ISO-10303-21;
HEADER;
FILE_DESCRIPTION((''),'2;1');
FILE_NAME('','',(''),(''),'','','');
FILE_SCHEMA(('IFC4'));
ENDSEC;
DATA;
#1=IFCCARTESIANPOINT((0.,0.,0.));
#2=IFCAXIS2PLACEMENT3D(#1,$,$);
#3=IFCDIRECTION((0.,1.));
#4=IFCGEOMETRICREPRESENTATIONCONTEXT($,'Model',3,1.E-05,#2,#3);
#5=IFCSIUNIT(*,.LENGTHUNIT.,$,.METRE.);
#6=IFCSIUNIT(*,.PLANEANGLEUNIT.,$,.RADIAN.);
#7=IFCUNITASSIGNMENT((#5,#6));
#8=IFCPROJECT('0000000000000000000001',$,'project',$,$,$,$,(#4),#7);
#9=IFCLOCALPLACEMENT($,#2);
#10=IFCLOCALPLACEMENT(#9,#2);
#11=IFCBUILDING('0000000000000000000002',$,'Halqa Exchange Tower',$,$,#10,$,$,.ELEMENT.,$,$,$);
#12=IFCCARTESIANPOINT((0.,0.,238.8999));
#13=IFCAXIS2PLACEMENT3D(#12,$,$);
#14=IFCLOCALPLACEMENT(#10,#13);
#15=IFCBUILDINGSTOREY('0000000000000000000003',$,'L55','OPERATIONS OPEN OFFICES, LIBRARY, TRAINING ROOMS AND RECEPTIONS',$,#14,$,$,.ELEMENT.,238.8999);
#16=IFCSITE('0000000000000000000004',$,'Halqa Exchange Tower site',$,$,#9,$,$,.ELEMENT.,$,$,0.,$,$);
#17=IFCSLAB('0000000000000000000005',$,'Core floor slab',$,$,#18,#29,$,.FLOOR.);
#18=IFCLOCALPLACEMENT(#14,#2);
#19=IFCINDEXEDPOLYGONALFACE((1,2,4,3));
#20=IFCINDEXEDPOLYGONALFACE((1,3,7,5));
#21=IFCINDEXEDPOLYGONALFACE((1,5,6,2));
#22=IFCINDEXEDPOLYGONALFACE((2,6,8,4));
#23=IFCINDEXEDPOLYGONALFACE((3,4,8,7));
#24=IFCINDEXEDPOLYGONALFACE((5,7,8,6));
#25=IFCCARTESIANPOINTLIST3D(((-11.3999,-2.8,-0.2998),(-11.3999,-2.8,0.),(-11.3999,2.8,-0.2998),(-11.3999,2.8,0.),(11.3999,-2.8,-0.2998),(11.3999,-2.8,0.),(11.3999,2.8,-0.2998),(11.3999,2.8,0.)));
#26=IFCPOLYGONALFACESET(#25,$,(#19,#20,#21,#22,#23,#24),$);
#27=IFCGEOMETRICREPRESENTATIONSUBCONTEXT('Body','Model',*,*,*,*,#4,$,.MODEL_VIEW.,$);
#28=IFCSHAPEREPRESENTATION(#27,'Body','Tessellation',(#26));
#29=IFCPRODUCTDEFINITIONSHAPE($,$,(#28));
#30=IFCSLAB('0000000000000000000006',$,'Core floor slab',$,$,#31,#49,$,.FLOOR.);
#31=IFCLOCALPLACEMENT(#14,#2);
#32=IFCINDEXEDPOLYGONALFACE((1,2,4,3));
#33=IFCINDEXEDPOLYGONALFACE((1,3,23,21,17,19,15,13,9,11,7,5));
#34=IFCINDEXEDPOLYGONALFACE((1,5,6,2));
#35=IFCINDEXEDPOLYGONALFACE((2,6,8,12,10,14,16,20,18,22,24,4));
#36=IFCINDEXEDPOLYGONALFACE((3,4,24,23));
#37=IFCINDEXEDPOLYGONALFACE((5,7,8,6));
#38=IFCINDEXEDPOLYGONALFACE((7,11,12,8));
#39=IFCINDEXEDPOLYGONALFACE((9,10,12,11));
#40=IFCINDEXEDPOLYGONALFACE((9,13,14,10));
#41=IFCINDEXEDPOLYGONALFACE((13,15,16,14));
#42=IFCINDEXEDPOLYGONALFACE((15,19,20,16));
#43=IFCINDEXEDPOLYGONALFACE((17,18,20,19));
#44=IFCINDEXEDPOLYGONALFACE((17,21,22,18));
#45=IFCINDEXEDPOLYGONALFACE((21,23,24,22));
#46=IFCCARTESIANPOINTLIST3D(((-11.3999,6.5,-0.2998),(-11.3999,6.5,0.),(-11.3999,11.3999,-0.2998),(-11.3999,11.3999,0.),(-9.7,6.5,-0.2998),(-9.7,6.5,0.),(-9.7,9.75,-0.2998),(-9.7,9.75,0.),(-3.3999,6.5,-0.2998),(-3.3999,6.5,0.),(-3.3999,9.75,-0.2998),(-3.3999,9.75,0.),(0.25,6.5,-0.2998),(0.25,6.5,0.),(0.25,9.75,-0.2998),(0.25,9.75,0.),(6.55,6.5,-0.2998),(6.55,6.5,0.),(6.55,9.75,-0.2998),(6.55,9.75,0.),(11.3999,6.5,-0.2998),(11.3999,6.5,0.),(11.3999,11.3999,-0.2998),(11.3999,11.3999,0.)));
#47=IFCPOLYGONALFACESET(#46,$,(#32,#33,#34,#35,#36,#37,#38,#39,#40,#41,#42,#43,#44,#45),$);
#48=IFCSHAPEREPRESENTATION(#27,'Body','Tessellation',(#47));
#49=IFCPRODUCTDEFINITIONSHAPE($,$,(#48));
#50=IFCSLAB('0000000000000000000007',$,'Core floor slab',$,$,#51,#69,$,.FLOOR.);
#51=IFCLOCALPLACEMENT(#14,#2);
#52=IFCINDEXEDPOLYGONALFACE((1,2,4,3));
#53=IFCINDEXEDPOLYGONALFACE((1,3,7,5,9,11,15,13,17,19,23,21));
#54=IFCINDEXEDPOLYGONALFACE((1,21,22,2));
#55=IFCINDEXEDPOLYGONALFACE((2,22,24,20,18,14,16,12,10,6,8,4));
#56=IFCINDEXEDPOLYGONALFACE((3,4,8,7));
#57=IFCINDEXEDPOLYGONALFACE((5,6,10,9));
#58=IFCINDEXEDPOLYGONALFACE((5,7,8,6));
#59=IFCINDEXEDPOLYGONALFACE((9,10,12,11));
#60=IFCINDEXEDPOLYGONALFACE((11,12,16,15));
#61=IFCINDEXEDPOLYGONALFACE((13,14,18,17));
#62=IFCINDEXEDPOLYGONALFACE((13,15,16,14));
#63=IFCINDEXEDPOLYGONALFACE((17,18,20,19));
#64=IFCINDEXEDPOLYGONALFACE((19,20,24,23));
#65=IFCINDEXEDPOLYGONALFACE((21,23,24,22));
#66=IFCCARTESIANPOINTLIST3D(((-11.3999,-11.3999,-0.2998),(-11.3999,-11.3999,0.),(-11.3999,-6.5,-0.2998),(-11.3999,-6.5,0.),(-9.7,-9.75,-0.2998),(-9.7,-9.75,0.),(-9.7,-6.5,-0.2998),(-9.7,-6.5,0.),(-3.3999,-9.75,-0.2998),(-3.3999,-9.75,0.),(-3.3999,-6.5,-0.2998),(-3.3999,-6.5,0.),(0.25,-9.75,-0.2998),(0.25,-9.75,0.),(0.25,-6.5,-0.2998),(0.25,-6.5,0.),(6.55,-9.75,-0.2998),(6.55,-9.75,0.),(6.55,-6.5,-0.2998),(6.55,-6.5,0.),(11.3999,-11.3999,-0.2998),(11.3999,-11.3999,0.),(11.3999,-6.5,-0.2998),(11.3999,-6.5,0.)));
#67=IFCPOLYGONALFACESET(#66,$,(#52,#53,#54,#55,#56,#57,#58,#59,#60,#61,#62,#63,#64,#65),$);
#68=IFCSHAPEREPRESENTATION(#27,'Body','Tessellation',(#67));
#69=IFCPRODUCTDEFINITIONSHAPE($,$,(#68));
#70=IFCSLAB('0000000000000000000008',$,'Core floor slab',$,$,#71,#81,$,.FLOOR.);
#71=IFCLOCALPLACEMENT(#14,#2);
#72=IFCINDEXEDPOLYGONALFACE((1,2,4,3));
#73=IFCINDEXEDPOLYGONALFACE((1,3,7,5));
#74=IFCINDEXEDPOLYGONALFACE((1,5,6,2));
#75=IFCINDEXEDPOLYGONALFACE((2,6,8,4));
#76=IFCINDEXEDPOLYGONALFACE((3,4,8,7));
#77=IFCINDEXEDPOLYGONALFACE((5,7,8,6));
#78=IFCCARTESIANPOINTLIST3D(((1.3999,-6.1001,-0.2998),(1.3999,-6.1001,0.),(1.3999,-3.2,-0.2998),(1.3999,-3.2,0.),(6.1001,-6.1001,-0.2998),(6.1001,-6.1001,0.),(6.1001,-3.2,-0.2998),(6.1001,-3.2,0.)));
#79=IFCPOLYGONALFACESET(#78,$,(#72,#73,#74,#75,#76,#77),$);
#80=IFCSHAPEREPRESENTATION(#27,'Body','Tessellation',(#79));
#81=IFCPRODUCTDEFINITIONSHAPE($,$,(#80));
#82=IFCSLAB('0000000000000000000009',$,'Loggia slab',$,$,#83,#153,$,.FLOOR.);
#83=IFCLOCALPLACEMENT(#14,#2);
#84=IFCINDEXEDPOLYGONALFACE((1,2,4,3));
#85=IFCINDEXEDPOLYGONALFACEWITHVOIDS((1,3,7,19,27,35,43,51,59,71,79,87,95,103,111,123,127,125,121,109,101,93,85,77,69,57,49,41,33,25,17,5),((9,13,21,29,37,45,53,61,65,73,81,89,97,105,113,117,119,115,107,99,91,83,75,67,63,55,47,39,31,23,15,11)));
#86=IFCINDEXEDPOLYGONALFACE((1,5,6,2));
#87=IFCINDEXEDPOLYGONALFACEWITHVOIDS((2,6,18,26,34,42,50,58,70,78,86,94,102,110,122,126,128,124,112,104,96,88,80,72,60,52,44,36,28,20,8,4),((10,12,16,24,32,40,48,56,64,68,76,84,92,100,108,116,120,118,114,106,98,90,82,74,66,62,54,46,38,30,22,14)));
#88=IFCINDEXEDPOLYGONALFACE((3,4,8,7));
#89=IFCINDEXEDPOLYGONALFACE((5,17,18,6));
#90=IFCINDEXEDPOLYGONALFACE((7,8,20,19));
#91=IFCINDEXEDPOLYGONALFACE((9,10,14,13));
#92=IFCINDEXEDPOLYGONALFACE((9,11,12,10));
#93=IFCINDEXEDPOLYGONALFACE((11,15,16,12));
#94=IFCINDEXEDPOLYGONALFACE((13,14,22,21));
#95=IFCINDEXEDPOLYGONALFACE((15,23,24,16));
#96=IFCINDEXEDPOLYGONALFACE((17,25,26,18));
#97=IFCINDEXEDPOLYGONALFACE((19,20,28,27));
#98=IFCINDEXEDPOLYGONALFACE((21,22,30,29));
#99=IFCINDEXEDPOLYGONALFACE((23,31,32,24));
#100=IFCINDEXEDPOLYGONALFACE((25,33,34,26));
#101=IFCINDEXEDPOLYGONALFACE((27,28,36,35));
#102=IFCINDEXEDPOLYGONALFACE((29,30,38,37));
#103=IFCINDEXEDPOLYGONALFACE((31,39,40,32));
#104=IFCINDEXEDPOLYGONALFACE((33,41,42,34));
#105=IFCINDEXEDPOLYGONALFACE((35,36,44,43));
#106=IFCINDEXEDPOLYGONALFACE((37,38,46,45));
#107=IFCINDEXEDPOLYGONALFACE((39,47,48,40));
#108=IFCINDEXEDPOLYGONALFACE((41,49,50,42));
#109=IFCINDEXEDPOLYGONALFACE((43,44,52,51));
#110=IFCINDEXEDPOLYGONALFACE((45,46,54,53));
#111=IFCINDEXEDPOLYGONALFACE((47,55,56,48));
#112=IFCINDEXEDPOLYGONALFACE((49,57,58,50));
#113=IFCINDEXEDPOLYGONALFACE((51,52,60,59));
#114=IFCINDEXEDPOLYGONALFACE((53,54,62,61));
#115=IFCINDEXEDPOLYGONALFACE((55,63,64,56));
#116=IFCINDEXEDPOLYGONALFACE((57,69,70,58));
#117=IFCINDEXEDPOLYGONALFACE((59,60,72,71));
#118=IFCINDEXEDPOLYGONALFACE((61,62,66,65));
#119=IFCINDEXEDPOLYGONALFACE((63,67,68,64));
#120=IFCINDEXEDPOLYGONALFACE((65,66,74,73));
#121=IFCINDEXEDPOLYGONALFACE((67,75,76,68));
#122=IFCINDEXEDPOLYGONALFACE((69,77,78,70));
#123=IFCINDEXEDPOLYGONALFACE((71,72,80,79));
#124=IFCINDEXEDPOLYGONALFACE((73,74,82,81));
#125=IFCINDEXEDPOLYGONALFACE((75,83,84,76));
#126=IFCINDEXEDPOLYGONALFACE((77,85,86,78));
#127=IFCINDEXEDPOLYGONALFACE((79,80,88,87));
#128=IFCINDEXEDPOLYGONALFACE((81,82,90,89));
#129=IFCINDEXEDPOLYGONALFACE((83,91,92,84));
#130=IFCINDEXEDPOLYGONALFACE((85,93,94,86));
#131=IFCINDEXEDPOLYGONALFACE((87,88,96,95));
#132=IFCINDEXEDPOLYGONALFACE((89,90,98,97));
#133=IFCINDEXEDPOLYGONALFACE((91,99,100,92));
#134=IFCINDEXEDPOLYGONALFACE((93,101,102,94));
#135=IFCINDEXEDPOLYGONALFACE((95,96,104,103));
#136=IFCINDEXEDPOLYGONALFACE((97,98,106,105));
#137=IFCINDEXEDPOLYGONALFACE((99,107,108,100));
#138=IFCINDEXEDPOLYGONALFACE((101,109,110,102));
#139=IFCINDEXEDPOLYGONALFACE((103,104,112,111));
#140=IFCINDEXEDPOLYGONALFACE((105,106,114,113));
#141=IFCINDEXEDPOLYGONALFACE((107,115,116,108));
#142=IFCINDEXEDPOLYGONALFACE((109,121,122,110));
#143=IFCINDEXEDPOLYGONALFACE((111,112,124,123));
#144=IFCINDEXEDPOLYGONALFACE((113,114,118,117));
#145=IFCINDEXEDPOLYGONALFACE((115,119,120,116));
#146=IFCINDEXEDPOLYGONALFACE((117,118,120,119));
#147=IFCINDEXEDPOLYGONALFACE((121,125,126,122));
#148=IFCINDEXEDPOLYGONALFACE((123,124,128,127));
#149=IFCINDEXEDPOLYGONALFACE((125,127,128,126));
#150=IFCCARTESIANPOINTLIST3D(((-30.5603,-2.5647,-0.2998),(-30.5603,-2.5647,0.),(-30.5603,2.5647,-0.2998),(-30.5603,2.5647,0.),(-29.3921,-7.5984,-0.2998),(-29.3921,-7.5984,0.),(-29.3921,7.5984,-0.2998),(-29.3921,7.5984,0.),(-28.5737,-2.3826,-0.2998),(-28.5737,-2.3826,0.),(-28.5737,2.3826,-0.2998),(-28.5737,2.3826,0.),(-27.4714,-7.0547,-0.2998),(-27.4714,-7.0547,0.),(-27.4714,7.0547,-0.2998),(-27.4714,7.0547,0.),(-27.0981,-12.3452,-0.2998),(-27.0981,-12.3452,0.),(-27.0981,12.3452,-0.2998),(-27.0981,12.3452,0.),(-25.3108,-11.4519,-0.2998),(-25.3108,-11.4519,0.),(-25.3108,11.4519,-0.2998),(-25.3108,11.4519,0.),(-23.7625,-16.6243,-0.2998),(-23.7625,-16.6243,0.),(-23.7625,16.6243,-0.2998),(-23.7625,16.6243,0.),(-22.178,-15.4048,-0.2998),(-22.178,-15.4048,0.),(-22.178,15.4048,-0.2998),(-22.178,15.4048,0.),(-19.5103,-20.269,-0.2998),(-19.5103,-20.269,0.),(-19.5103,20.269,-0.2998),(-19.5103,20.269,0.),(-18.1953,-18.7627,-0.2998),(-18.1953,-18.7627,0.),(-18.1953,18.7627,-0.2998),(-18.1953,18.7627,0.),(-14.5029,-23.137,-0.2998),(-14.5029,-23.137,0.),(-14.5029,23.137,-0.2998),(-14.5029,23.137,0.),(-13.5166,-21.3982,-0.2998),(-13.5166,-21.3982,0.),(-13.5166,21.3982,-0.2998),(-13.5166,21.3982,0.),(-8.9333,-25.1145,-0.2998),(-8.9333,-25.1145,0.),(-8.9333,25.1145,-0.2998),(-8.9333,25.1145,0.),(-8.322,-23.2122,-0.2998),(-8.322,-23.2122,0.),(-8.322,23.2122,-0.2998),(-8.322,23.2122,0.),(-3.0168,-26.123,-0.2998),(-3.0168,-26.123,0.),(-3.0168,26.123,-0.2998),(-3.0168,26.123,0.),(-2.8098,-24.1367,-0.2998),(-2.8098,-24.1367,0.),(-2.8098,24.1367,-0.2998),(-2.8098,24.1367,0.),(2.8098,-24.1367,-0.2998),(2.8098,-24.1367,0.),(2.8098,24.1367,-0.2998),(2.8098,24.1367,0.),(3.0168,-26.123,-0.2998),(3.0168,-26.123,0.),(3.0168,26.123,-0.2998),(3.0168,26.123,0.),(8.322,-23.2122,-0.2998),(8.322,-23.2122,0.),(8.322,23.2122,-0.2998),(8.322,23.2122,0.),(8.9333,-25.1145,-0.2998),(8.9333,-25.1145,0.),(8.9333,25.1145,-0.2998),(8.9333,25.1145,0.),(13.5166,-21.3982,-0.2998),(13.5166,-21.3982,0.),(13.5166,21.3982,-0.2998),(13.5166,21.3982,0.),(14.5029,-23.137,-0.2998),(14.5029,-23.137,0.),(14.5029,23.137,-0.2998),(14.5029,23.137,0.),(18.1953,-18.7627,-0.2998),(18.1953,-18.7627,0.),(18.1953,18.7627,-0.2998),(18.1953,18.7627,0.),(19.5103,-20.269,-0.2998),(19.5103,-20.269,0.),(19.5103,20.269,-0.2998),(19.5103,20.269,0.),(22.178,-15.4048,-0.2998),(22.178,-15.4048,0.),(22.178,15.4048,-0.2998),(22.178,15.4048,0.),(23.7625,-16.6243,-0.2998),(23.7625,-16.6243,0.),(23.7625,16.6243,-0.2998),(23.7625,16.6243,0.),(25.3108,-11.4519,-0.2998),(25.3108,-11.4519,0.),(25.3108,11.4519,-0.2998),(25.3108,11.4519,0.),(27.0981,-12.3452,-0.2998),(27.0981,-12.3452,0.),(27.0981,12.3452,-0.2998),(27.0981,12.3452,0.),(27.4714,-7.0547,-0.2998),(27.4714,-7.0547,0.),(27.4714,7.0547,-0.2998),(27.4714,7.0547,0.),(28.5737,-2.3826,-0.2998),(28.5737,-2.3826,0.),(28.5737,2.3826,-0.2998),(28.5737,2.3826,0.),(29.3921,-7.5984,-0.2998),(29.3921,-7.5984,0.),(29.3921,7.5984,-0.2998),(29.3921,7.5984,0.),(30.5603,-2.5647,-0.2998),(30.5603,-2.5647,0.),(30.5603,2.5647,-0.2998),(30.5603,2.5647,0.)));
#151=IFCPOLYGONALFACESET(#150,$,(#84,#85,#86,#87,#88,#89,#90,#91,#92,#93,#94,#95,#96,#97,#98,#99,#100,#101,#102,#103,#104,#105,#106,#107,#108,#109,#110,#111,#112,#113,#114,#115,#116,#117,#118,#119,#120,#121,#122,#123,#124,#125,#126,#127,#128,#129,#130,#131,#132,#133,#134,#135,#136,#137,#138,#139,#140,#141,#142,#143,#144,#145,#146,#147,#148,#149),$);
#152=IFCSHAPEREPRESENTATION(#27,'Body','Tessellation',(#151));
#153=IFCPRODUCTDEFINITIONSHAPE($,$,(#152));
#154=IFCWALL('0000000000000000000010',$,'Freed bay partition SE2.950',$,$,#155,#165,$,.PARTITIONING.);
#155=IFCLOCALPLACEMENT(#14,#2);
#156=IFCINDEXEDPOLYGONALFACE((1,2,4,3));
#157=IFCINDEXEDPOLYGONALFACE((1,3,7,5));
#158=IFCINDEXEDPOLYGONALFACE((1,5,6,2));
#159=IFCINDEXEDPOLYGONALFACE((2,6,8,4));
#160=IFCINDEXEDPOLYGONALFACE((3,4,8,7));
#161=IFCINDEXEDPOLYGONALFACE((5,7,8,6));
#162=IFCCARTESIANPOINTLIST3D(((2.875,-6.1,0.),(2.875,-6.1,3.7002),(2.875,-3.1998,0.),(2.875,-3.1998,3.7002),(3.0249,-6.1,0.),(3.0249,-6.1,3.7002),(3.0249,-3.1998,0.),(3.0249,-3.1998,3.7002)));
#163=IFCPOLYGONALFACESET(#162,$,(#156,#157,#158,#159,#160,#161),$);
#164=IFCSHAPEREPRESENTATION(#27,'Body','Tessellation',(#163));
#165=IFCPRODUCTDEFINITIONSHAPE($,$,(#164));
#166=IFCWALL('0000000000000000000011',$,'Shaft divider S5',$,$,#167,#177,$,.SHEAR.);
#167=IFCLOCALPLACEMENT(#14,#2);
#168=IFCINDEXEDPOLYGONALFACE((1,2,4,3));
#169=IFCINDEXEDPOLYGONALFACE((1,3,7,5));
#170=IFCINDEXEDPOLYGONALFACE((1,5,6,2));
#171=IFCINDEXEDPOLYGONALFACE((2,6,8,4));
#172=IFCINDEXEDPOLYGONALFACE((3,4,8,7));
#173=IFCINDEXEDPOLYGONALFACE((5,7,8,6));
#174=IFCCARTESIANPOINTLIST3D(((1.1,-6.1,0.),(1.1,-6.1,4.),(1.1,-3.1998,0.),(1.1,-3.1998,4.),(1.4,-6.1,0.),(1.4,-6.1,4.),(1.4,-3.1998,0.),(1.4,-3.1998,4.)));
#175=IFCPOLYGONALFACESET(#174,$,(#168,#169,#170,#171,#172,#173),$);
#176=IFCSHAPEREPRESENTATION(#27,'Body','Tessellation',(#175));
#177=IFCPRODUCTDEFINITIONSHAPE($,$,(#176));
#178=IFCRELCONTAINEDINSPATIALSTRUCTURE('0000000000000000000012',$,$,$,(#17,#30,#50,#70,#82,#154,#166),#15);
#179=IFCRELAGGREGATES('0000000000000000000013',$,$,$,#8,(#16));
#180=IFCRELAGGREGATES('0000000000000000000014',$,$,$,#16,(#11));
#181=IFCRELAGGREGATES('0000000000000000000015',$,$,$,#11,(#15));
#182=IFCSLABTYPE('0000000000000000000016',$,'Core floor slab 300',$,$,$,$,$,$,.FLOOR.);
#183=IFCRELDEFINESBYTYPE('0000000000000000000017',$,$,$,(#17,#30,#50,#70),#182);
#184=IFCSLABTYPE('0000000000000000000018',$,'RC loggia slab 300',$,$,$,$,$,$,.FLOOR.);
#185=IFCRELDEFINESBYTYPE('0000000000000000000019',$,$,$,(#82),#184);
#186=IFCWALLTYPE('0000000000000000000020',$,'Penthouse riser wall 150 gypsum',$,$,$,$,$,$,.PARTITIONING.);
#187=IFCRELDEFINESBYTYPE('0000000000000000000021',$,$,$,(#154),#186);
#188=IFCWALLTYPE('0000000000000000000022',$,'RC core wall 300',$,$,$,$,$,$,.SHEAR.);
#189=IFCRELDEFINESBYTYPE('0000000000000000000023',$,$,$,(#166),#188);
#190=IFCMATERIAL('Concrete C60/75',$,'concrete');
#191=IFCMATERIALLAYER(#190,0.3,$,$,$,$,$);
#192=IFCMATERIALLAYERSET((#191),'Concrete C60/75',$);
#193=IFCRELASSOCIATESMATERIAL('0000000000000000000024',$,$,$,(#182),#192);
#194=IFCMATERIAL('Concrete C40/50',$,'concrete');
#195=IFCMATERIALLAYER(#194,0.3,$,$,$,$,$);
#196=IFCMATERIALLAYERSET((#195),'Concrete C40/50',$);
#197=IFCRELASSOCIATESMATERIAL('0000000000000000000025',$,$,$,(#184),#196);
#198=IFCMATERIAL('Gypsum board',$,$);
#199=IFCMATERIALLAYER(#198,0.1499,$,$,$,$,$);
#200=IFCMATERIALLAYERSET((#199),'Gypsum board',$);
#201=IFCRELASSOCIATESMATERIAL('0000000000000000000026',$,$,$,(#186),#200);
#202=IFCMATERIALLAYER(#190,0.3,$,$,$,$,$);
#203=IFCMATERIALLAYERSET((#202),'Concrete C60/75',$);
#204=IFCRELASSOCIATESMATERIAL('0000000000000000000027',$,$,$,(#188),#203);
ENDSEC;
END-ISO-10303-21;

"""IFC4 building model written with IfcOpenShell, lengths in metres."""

from ifc_helpers import new_model, si_unit, direction, frame, frame_2d, origin, place, context, subcontext, project, spatial, polyline, rectangle, outline, extrude, material, layer, layer_set, type_object, element, save


model = new_model("IFC4")

# Units and contexts
model_context = context("Model", 3, precision=1e-05, world=origin(), true_north=direction((0.0, 1.0)))
body_context = subcontext(model_context, "Body", "Model", "MODEL_VIEW")
ifc_project = project(units=[si_unit("LENGTHUNIT", "METRE"), si_unit("PLANEANGLEUNIT", "RADIAN")], contexts=[model_context])

# Site, building, storey
site_placement = place(None, origin())
site = spatial("IfcSite", under=ifc_project, at=site_placement, Name="Halqa Exchange Tower site", CompositionType="ELEMENT", RefElevation=0.0)
building_placement = place(site_placement, origin())
building = spatial("IfcBuilding", under=site, at=building_placement, Name="Halqa Exchange Tower", CompositionType="ELEMENT")
storey_placement = place(building_placement, frame((0.0, 0.0, 238.8999)))
storey = spatial("IfcBuildingStorey", under=building, at=storey_placement, Name="L55", Description="OPERATIONS OPEN OFFICES, LIBRARY, TRAINING ROOMS AND RECEPTIONS", CompositionType="ELEMENT", Elevation=238.8999)

# Slabs
ifc_material_1 = material(Name="Concrete C60/75", Category="concrete")
ifc_layer_1 = layer(ifc_material_1, 0.3)
ifc_layer_set_1 = layer_set([ifc_layer_1], Name="Concrete C60/75")
slab_type_1 = type_object("IfcSlabType", Name="Core floor slab 300", PredefinedType="FLOOR", material=ifc_layer_set_1)
slab_1_placement = place(storey_placement, frame((0.0, 0.0, -0.2998)))
element("IfcSlab", 1, at=slab_1_placement, inside=storey, type_object=slab_type_1, Name="Core floor slab", PredefinedType="FLOOR", context=body_context, shape_type="SweptSolid", body=[
    extrude(outline(polyline([(-11.3999, 2.8), (11.3999, 2.8), (11.3999, -2.8), (-11.3999, -2.8), (-11.3999, 2.8)])), origin(), (0.0, 0.0, 1.0), 0.2998),
])
slab_2_placement = place(storey_placement, frame((0.0, 0.0, -0.2998)))
element("IfcSlab", 2, at=slab_2_placement, inside=storey, type_object=slab_type_1, Name="Core floor slab", PredefinedType="FLOOR", context=body_context, shape_type="SweptSolid", body=[
    extrude(outline(polyline([(-11.3999, 11.3999), (11.3999, 11.3999), (11.3999, 6.5), (6.55, 6.5), (6.55, 9.75), (0.25, 9.75), (0.25, 6.5), (-3.3999, 6.5), (-3.3999, 9.75), (-9.7, 9.75), (-9.7, 6.5), (-11.3999, 6.5), (-11.3999, 11.3999)])), origin(), (0.0, 0.0, 1.0), 0.2998),
])
slab_3_placement = place(storey_placement, frame((0.0, 0.0, -0.2998)))
element("IfcSlab", 3, at=slab_3_placement, inside=storey, type_object=slab_type_1, Name="Core floor slab", PredefinedType="FLOOR", context=body_context, shape_type="SweptSolid", body=[
    extrude(outline(polyline([(-9.7, -9.75), (-3.3999, -9.75), (-3.3999, -6.5), (0.25, -6.5), (0.25, -9.75), (6.55, -9.75), (6.55, -6.5), (11.3999, -6.5), (11.3999, -11.3999), (-11.3999, -11.3999), (-11.3999, -6.5), (-9.7, -6.5), (-9.7, -9.75)])), origin(), (0.0, 0.0, 1.0), 0.2998),
])
slab_4_placement = place(storey_placement, frame((0.0, 0.0, -0.2998)))
element("IfcSlab", 4, at=slab_4_placement, inside=storey, type_object=slab_type_1, Name="Core floor slab", PredefinedType="FLOOR", context=body_context, shape_type="SweptSolid", body=[
    extrude(outline(polyline([(6.1001, -3.2), (6.1001, -6.1001), (1.3999, -6.1001), (1.3999, -3.2), (6.1001, -3.2)])), origin(), (0.0, 0.0, 1.0), 0.2998),
])
ifc_material_2 = material(Name="Concrete C40/50", Category="concrete")
ifc_layer_2 = layer(ifc_material_2, 0.3)
ifc_layer_set_2 = layer_set([ifc_layer_2], Name="Concrete C40/50")
slab_type_2 = type_object("IfcSlabType", Name="RC loggia slab 300", PredefinedType="FLOOR", material=ifc_layer_set_2)
slab_5_placement = place(storey_placement, frame((0.0, 0.0, -0.2998)))
element("IfcSlab", 5, at=slab_5_placement, inside=storey, type_object=slab_type_2, Name="Loggia slab", PredefinedType="FLOOR", context=body_context, shape_type="SweptSolid", body=[
    extrude(outline(polyline([(30.5603, 2.5647), (30.5603, -2.5647), (29.3921, -7.5984), (27.0981, -12.3452), (23.7625, -16.6243), (19.5103, -20.269), (14.5029, -23.137), (8.9333, -25.1145), (3.0168, -26.123), (-3.0168, -26.123), (-8.9333, -25.1145), (-14.5029, -23.137), (-19.5103, -20.269), (-23.7625, -16.6243), (-27.0981, -12.3452), (-29.3921, -7.5984), (-30.5603, -2.5647), (-30.5603, 2.5647), (-29.3921, 7.5984), (-27.0981, 12.3452), (-23.7625, 16.6243), (-19.5103, 20.269), (-14.5029, 23.137), (-8.9333, 25.1145), (-3.0168, 26.123), (3.0168, 26.123), (8.9333, 25.1145), (14.5029, 23.137), (19.5103, 20.269), (23.7625, 16.6243), (27.0981, 12.3452), (29.3921, 7.5984), (30.5603, 2.5647)]), holes=[polyline([(28.5737, 2.3826), (27.4714, 7.0547), (25.3108, 11.4519), (22.178, 15.4048), (18.1953, 18.7627), (13.5166, 21.3982), (8.322, 23.2122), (2.8098, 24.1367), (-2.8098, 24.1367), (-8.322, 23.2122), (-13.5166, 21.3982), (-18.1953, 18.7627), (-22.178, 15.4048), (-25.3108, 11.4519), (-27.4714, 7.0547), (-28.5737, 2.3826), (-28.5737, -2.3826), (-27.4714, -7.0547), (-25.3108, -11.4519), (-22.178, -15.4048), (-18.1953, -18.7627), (-13.5166, -21.3982), (-8.322, -23.2122), (-2.8098, -24.1367), (2.8098, -24.1367), (8.322, -23.2122), (13.5166, -21.3982), (18.1953, -18.7627), (22.178, -15.4048), (25.3108, -11.4519), (27.4714, -7.0547), (28.5737, -2.3826), (28.5737, 2.3826)])]), origin(), (0.0, 0.0, 1.0), 0.2998),
])

# Walls
ifc_material_3 = material(Name="Gypsum board")
ifc_layer_3 = layer(ifc_material_3, 0.1499)
ifc_layer_set_3 = layer_set([ifc_layer_3], Name="Gypsum board")
wall_type_1 = type_object("IfcWallType", Name="Penthouse riser wall 150 gypsum", PredefinedType="PARTITIONING", material=ifc_layer_set_3)
wall_1_placement = place(storey_placement, frame((2.95, -6.1001, 0.0), z_axis=(0.0, 0.0, 1.0), x_axis=(0.0, 1.0, 0.0)))
element("IfcWall", 6, at=wall_1_placement, inside=storey, type_object=wall_type_1, Name="Freed bay partition SE2.950", PredefinedType="PARTITIONING", context=body_context, shape_type="SweptSolid", body=[
    extrude(rectangle(XDim=2.9001, YDim=0.1499, at=frame_2d((1.4502, 0.0))), origin(), (0.0, 0.0, 1.0), 3.7002),
])
ifc_layer_4 = layer(ifc_material_1, 0.3)
ifc_layer_set_4 = layer_set([ifc_layer_4], Name="Concrete C60/75")
wall_type_2 = type_object("IfcWallType", Name="RC core wall 300", PredefinedType="SHEAR", material=ifc_layer_set_4)
for number, where, z_axis, x_axis, name in (
    (7, (1.25, -6.1001, 0.0), (0.0, 0.0, 1.0), (0.0, 1.0, 0.0), "Shaft divider S5"),
):
    element("IfcWall", number, at=place(storey_placement, frame(where, z_axis=z_axis, x_axis=x_axis)), inside=storey, type_object=wall_type_2, Name=name, PredefinedType="SHEAR", context=body_context, shape_type="SweptSolid", body=[
        extrude(rectangle(XDim=2.9001, YDim=0.3, at=frame_2d((1.4502, 0.0))), origin(), (0.0, 0.0, 1.0), 4.0),
    ])

save(model, "model.ifc")
